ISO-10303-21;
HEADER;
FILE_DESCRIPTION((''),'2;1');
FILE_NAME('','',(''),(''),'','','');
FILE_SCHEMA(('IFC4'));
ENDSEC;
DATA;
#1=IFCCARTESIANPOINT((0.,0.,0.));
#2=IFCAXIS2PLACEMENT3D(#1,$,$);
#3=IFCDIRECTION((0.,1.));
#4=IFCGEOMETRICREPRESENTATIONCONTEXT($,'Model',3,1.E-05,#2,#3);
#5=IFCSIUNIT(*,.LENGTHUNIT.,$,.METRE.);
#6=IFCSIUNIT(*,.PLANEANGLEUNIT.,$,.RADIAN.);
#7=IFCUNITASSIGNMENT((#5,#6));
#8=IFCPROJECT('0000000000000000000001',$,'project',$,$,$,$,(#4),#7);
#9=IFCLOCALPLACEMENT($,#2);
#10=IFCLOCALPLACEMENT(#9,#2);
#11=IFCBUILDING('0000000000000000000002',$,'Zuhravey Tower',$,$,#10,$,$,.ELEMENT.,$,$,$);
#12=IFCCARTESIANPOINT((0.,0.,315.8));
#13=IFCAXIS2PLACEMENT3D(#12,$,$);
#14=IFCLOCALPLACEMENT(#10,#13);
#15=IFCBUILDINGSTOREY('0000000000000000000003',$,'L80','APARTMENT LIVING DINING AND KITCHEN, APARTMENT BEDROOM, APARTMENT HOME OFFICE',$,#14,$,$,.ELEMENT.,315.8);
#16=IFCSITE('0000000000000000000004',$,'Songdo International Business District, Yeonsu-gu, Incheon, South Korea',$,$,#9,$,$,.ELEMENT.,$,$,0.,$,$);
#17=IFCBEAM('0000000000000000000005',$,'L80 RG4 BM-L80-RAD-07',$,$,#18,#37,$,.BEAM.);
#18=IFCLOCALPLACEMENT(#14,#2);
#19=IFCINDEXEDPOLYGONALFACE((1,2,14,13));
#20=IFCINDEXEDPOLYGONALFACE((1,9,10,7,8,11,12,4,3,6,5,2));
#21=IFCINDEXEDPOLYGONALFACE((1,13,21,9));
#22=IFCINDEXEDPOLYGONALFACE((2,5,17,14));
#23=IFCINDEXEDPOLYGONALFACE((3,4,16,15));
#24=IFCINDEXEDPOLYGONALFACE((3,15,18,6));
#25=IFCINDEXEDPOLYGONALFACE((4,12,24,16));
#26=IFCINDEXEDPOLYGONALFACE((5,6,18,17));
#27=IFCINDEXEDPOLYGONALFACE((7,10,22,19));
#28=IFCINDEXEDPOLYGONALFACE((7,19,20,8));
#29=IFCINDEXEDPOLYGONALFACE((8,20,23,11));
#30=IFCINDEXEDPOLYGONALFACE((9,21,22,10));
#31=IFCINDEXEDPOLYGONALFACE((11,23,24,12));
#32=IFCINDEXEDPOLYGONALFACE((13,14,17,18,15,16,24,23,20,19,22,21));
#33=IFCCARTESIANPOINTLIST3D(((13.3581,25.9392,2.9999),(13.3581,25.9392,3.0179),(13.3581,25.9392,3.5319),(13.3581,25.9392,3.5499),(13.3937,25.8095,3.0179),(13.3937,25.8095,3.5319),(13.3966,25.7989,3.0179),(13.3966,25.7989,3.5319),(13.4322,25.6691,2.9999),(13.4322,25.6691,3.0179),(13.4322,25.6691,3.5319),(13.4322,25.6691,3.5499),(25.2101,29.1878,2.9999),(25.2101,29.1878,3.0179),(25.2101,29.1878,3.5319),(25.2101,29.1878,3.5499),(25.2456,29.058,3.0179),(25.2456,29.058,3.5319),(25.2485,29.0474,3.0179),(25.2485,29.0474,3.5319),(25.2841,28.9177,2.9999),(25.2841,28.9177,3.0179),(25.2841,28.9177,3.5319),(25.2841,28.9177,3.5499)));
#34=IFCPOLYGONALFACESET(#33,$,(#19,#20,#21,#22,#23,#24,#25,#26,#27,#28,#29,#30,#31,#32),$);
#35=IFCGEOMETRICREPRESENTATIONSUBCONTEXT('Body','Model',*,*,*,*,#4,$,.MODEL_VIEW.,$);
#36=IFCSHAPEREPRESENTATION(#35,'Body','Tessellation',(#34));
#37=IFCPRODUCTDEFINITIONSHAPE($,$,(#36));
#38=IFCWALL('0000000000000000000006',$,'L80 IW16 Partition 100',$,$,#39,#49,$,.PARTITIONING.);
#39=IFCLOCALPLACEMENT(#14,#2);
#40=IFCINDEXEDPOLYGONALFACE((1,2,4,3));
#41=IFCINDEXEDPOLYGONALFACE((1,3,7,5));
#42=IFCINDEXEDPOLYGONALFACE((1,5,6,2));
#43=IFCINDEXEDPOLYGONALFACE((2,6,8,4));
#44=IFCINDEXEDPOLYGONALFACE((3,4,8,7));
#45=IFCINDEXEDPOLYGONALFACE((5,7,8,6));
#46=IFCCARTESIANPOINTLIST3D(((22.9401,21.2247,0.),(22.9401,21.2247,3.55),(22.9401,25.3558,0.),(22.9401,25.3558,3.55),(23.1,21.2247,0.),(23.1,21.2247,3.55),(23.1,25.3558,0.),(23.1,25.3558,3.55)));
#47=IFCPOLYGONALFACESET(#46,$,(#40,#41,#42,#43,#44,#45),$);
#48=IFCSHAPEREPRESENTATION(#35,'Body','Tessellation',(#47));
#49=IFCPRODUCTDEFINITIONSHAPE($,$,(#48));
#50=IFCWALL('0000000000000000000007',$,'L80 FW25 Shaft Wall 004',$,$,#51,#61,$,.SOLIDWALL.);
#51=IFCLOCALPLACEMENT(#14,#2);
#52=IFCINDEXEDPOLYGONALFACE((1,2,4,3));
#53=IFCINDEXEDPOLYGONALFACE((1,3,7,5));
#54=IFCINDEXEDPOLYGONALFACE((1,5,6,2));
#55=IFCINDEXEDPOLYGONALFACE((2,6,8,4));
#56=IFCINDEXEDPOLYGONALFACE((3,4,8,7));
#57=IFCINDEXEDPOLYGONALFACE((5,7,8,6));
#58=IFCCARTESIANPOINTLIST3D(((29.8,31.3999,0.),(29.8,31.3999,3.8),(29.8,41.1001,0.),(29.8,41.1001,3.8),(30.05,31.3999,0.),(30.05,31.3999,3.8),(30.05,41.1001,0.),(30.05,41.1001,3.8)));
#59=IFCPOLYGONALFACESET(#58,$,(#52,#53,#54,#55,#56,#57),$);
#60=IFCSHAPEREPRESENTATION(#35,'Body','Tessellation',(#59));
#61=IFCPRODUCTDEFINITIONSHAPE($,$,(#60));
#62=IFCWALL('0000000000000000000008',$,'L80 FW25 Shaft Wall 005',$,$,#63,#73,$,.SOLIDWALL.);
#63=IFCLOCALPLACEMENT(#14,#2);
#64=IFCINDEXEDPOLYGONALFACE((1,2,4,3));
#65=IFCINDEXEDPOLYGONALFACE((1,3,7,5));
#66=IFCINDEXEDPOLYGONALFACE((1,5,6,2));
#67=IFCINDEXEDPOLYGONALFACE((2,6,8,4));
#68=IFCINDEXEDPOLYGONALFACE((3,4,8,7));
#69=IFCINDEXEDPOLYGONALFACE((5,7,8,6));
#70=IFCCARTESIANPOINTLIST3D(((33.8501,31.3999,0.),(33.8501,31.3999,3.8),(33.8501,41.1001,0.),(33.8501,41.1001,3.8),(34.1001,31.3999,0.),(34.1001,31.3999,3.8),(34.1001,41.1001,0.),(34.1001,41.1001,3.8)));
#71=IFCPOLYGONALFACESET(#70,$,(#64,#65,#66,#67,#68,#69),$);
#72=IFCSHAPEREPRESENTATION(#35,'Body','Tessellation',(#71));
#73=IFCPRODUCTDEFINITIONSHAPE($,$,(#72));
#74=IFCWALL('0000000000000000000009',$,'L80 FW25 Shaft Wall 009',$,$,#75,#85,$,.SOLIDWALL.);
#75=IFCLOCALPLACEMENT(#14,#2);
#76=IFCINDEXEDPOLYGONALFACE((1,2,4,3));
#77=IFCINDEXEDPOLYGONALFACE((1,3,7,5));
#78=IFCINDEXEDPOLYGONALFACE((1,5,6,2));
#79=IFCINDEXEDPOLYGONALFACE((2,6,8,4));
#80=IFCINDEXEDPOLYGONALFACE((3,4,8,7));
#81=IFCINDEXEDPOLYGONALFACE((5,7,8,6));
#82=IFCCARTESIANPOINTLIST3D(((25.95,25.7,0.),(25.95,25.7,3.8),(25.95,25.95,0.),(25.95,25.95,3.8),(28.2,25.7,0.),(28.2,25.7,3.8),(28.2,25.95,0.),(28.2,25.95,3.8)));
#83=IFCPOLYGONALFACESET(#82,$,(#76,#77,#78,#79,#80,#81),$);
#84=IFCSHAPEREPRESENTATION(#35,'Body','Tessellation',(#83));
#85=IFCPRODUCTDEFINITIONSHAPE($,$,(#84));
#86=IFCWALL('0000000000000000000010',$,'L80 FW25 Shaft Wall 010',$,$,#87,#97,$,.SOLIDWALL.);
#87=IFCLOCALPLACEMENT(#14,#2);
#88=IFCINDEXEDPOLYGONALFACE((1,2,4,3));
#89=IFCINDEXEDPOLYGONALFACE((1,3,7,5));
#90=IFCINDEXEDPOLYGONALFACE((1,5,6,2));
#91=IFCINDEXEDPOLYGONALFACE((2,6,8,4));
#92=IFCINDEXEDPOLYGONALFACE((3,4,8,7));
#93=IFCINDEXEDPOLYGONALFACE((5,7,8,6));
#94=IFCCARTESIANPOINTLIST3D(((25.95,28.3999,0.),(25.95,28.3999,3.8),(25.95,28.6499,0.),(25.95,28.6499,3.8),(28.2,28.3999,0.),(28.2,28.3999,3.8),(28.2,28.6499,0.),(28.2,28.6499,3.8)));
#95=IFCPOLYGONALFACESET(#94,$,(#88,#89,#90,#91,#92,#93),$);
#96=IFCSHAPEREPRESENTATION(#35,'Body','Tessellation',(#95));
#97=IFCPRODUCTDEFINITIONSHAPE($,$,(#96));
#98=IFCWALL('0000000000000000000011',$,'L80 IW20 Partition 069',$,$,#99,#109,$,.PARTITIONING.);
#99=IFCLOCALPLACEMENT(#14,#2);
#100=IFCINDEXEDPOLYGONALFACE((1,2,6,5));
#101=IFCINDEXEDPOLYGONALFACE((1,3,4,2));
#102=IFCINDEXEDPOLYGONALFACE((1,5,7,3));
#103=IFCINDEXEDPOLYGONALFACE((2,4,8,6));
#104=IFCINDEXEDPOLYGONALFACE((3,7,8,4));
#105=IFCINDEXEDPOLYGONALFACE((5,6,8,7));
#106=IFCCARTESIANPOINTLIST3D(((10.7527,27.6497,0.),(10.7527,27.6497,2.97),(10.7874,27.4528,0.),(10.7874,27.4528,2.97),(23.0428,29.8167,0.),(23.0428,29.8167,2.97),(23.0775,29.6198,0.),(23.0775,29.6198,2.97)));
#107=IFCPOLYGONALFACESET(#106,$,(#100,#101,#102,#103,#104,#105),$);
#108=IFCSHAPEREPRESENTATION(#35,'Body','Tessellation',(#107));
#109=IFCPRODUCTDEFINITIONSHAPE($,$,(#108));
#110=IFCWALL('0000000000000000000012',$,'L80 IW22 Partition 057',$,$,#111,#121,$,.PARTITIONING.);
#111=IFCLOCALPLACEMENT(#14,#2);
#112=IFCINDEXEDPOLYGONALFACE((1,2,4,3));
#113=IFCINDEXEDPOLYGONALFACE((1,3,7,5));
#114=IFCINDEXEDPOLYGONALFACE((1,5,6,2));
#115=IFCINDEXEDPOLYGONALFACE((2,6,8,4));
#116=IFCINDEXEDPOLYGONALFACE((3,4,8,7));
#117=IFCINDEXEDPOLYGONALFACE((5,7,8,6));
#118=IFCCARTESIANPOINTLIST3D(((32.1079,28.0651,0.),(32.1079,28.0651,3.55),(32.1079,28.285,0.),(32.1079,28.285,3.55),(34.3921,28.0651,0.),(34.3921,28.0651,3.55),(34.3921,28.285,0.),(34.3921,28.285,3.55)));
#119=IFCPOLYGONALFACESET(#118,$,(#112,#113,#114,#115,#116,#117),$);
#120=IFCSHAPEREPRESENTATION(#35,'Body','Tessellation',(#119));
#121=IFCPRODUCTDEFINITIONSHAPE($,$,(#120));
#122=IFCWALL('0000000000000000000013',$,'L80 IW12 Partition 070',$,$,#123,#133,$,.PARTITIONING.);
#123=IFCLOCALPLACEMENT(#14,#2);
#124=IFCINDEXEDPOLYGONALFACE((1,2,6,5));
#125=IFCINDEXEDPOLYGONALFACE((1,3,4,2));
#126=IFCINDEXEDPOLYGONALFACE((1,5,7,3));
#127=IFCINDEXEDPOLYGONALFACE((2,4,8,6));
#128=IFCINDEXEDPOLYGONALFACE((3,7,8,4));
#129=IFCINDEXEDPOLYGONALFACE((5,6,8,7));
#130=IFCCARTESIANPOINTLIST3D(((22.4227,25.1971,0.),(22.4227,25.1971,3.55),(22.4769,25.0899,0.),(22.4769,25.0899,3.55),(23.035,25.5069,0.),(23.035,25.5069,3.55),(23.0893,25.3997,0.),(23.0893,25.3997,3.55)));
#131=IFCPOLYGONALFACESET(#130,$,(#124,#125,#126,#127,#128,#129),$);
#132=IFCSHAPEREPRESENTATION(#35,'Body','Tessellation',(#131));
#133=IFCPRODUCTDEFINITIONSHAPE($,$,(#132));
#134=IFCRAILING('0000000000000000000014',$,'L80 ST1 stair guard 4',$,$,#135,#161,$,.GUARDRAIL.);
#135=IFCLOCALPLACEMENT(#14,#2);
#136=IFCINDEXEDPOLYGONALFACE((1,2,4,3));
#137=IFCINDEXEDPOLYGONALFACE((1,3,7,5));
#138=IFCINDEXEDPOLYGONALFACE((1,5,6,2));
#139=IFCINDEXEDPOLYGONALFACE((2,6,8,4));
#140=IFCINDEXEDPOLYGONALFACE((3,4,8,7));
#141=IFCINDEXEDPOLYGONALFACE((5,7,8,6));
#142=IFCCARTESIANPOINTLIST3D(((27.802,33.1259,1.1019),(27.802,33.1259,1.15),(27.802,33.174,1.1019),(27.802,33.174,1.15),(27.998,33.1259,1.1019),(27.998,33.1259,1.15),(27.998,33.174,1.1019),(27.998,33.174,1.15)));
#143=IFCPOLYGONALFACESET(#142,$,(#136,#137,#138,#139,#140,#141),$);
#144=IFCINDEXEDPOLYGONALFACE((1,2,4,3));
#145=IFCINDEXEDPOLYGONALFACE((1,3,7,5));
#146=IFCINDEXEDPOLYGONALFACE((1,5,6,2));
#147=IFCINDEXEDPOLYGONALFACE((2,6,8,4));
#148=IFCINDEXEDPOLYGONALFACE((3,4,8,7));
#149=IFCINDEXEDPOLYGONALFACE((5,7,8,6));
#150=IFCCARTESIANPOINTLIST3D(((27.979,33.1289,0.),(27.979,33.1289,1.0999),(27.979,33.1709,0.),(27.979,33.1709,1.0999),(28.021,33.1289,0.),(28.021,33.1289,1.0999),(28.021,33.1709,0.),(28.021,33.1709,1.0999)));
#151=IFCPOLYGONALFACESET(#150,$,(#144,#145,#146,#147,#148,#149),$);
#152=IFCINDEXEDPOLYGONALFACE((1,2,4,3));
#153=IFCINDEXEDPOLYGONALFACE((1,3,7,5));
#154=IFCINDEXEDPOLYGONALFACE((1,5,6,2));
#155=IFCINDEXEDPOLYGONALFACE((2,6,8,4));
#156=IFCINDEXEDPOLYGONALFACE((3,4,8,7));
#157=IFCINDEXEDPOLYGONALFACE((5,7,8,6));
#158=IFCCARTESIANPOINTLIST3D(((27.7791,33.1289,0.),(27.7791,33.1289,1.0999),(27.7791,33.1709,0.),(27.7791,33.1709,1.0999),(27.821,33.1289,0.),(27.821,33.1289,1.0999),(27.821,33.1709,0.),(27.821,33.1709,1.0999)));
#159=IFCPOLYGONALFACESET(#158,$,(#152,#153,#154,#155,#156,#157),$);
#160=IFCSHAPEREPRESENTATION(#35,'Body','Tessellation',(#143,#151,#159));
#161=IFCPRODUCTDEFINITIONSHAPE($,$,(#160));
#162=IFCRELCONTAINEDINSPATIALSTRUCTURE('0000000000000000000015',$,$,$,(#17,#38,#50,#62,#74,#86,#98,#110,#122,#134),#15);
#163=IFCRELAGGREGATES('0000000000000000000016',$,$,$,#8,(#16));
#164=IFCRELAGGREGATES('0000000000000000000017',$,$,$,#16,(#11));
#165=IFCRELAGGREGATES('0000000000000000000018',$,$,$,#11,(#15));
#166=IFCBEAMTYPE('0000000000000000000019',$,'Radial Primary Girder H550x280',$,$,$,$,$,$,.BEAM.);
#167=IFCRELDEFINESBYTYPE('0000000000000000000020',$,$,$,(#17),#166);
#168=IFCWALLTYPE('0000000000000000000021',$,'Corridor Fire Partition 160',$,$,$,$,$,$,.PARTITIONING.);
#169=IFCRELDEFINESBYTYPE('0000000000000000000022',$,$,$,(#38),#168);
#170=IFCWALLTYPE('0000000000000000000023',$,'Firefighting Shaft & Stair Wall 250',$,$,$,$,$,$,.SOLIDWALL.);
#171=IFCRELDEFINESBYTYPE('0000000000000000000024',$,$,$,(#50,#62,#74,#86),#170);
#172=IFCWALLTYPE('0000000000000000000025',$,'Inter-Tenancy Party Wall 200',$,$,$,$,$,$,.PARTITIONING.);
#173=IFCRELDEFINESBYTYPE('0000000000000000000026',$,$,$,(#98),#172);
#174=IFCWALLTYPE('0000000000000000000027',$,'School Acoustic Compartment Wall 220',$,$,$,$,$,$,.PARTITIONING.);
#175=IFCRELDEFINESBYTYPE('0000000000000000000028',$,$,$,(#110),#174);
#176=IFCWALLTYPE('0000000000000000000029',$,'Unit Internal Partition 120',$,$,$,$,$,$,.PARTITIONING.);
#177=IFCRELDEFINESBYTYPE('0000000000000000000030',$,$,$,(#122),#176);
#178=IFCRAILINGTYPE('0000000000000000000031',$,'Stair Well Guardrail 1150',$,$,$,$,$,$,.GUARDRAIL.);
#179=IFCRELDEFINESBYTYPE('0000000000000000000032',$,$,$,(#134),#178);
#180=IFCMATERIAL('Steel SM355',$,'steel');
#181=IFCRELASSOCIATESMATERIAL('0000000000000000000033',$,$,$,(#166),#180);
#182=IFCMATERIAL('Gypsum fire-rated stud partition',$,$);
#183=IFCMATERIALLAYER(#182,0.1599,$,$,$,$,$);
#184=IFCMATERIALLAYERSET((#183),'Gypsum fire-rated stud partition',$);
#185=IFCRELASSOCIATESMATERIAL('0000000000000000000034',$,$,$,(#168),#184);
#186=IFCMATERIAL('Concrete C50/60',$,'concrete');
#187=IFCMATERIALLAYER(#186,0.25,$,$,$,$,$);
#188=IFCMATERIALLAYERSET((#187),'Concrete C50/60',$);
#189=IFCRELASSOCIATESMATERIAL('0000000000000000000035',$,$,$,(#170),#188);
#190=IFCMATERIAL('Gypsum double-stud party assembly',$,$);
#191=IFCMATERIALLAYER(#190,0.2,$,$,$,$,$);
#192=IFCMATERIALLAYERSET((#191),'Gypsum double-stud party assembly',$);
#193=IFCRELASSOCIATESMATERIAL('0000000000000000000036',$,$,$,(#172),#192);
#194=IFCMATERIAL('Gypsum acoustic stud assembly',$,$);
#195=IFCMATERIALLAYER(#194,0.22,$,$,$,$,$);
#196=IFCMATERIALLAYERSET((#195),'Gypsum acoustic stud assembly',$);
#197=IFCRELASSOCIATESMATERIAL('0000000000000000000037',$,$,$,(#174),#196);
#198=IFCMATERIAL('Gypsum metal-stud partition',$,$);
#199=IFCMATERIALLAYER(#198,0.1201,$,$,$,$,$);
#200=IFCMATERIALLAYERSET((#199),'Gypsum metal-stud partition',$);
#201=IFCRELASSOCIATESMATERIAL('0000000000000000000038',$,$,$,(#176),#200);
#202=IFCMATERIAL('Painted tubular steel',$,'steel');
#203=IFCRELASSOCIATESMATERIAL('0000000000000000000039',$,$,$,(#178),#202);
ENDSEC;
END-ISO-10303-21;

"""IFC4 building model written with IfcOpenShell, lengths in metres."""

from ifc_helpers import new_model, si_unit, direction, frame, frame_2d, origin, origin_2d, place, context, subcontext, project, spatial, rectangle, i_section, extrude, material, layer, layer_set, material_profile, profile_set, type_object, element, save


model = new_model("IFC4")

# Units and contexts
model_context = context("Model", 3, precision=1e-05, world=origin(), true_north=direction((0.0, 1.0)))
body_context = subcontext(model_context, "Body", "Model", "MODEL_VIEW")
ifc_project = project(units=[si_unit("LENGTHUNIT", "METRE"), si_unit("PLANEANGLEUNIT", "RADIAN")], contexts=[model_context])

# Site, building, storey
site_placement = place(None, origin())
site = spatial("IfcSite", under=ifc_project, at=site_placement, Name="Songdo International Business District, Yeonsu-gu, Incheon, South Korea", CompositionType="ELEMENT", RefElevation=0.0)
building_placement = place(site_placement, origin())
building = spatial("IfcBuilding", under=site, at=building_placement, Name="Zuhravey Tower", CompositionType="ELEMENT")
storey_placement = place(building_placement, frame((0.0, 0.0, 315.8)))
storey = spatial("IfcBuildingStorey", under=building, at=storey_placement, Name="L80", Description="APARTMENT LIVING DINING AND KITCHEN, APARTMENT BEDROOM, APARTMENT HOME OFFICE", CompositionType="ELEMENT", Elevation=315.8)

# Beam
ifc_material_1 = material(Name="Steel SM355", Category="steel")
ifc_material_profile = material_profile(ifc_material_1, i_section(OverallWidth=0.28, OverallDepth=0.55, WebThickness=0.011, FlangeThickness=0.0181, at=origin_2d()), Name="H-550x280x11x18")
ifc_profile_set = profile_set([ifc_material_profile], Name="Steel SM355")
beam_type = type_object("IfcBeamType", Name="Radial Primary Girder H550x280", PredefinedType="BEAM", material=ifc_profile_set)
beam_placement = place(storey_placement, frame((25.2471, 29.0527, 3.2749), z_axis=(-0.964428, -0.264346, 0.0), x_axis=(0.264346, -0.964428, 0.0)))
element("IfcBeam", 1, at=beam_placement, inside=storey, type_object=beam_type, Name="L80 RG4 BM-L80-RAD-07", PredefinedType="BEAM", context=body_context, shape_type="SweptSolid", body=[
    extrude(i_section(OverallWidth=0.28, OverallDepth=0.55, WebThickness=0.011, FlangeThickness=0.0181, at=origin_2d()), origin(), (0.0, 0.0, 1.0), 12.2891),
])

# Shared definitions
ifc_material_2 = material(Name="Gypsum fire-rated stud partition")
ifc_layer_1 = layer(ifc_material_2, 0.1599)
ifc_layer_set_1 = layer_set([ifc_layer_1], Name="Gypsum fire-rated stud partition")
wall_type_1 = type_object("IfcWallType", Name="Corridor Fire Partition 160", PredefinedType="PARTITIONING", material=ifc_layer_set_1)

# Wall
wall_1_placement = place(storey_placement, frame((23.02, 25.3557, 0.0), z_axis=(0.0, 0.0, 1.0), x_axis=(0.0, -1.0, 0.0)))
element("IfcWall", 2, at=wall_1_placement, inside=storey, type_object=wall_type_1, Name="L80 IW16 Partition 100", PredefinedType="PARTITIONING", context=body_context, shape_type="SweptSolid", body=[
    extrude(rectangle(XDim=4.1311, YDim=0.1599, at=frame_2d((2.0654, 0.0))), origin(), (0.0, 0.0, 1.0), 3.55),
])

# Shared definitions
ifc_material_3 = material(Name="Concrete C50/60", Category="concrete")
ifc_layer_2 = layer(ifc_material_3, 0.25)
ifc_layer_set_2 = layer_set([ifc_layer_2], Name="Concrete C50/60")
wall_type_2 = type_object("IfcWallType", Name="Firefighting Shaft & Stair Wall 250", PredefinedType="SOLIDWALL", material=ifc_layer_set_2)

# Walls
for number, where, z_axis, x_axis, name in (
    (3, (29.925, 31.3999, 0.0), (0.0, 0.0, 1.0), (0.0, 1.0, 0.0), "L80 FW25 Shaft Wall 004"),
    (4, (33.9751, 31.3999, 0.0), (0.0, 0.0, 1.0), (0.0, 1.0, 0.0), "L80 FW25 Shaft Wall 005"),
):
    element("IfcWall", number, at=place(storey_placement, frame(where, z_axis=z_axis, x_axis=x_axis)), inside=storey, type_object=wall_type_2, Name=name, PredefinedType="SOLIDWALL", context=body_context, shape_type="SweptSolid", body=[
        extrude(rectangle(XDim=9.7002, YDim=0.25, at=frame_2d((4.8501, 0.0))), origin(), (0.0, 0.0, 1.0), 3.8),
    ])
for number, where, z_axis, x_axis, name in (
    (5, (25.95, 25.825, 0.0), (0.0, 0.0, 1.0), (1.0, 0.0, 0.0), "L80 FW25 Shaft Wall 009"),
    (6, (25.95, 28.5249, 0.0), (0.0, 0.0, 1.0), (1.0, 0.0, 0.0), "L80 FW25 Shaft Wall 010"),
):
    element("IfcWall", number, at=place(storey_placement, frame(where, z_axis=z_axis, x_axis=x_axis)), inside=storey, type_object=wall_type_2, Name=name, PredefinedType="SOLIDWALL", context=body_context, shape_type="SweptSolid", body=[
        extrude(rectangle(XDim=2.25, YDim=0.25, at=frame_2d((1.125, 0.0))), origin(), (0.0, 0.0, 1.0), 3.8),
    ])
ifc_material_4 = material(Name="Gypsum double-stud party assembly")
ifc_layer_3 = layer(ifc_material_4, 0.2)
ifc_layer_set_3 = layer_set([ifc_layer_3], Name="Gypsum double-stud party assembly")
wall_type_3 = type_object("IfcWallType", Name="Inter-Tenancy Party Wall 200", PredefinedType="PARTITIONING", material=ifc_layer_set_3)
wall_2_placement = place(storey_placement, frame((23.0601, 29.7183, 0.0), z_axis=(0.0, 0.0, 1.0), x_axis=(-0.984809, -0.173642, 0.0)))
element("IfcWall", 7, at=wall_2_placement, inside=storey, type_object=wall_type_3, Name="L80 IW20 Partition 069", PredefinedType="PARTITIONING", context=body_context, shape_type="SweptSolid", body=[
    extrude(rectangle(XDim=12.4797, YDim=0.2, at=frame_2d((6.2397, 0.0))), origin(), (0.0, 0.0, 1.0), 2.97),
])
ifc_material_5 = material(Name="Gypsum acoustic stud assembly")
ifc_layer_4 = layer(ifc_material_5, 0.22)
ifc_layer_set_4 = layer_set([ifc_layer_4], Name="Gypsum acoustic stud assembly")
wall_type_4 = type_object("IfcWallType", Name="School Acoustic Compartment Wall 220", PredefinedType="PARTITIONING", material=ifc_layer_set_4)
wall_3_placement = place(storey_placement, frame((32.1079, 28.175, 0.0), z_axis=(0.0, 0.0, 1.0), x_axis=(1.0, 0.0, 0.0)))
element("IfcWall", 8, at=wall_3_placement, inside=storey, type_object=wall_type_4, Name="L80 IW22 Partition 057", PredefinedType="PARTITIONING", context=body_context, shape_type="SweptSolid", body=[
    extrude(rectangle(XDim=2.2842, YDim=0.22, at=frame_2d((1.1421, 0.0))), origin(), (0.0, 0.0, 1.0), 3.55),
])
ifc_material_6 = material(Name="Gypsum metal-stud partition")
ifc_layer_5 = layer(ifc_material_6, 0.1201)
ifc_layer_set_5 = layer_set([ifc_layer_5], Name="Gypsum metal-stud partition")
wall_type_5 = type_object("IfcWallType", Name="Unit Internal Partition 120", PredefinedType="PARTITIONING", material=ifc_layer_set_5)
wall_4_placement = place(storey_placement, frame((23.0623, 25.4534, 0.0), z_axis=(0.0, 0.0, 1.0), x_axis=(-0.892282, -0.451478, 0.0)))
element("IfcWall", 9, at=wall_4_placement, inside=storey, type_object=wall_type_5, Name="L80 IW12 Partition 070", PredefinedType="PARTITIONING", context=body_context, shape_type="SweptSolid", body=[
    extrude(rectangle(XDim=0.6863, YDim=0.1201, at=frame_2d((0.3433, 0.0))), origin(), (0.0, 0.0, 1.0), 3.55),
])

# Railing
ifc_material_7 = material(Name="Painted tubular steel", Category="steel")
railing_type = type_object("IfcRailingType", Name="Stair Well Guardrail 1150", PredefinedType="GUARDRAIL", material=ifc_material_7)
railing_placement = place(storey_placement, frame((28.0, 33.1499, 0.0)))
element("IfcRailing", 10, at=railing_placement, inside=storey, type_object=railing_type, Name="L80 ST1 stair guard 4", PredefinedType="GUARDRAIL", context=body_context, shape_type="SweptSolid", body=[
    extrude(rectangle(XDim=0.0481, YDim=0.0481, at=origin_2d()), frame((-0.002, 0.0, 1.126), z_axis=(-1.0, 0.0, 0.0), x_axis=(0.0, -1.0, 0.0)), (0.0, 0.0, 1.0), 0.196),
    extrude(rectangle(XDim=0.042, YDim=0.042, at=origin_2d()), origin(), (0.0, 0.0, 1.0), 1.0999),
    extrude(rectangle(XDim=0.042, YDim=0.042, at=origin_2d()), frame((-0.2, 0.0, 0.0)), (0.0, 0.0, 1.0), 1.0999),
])

save(model, "model.ifc")
